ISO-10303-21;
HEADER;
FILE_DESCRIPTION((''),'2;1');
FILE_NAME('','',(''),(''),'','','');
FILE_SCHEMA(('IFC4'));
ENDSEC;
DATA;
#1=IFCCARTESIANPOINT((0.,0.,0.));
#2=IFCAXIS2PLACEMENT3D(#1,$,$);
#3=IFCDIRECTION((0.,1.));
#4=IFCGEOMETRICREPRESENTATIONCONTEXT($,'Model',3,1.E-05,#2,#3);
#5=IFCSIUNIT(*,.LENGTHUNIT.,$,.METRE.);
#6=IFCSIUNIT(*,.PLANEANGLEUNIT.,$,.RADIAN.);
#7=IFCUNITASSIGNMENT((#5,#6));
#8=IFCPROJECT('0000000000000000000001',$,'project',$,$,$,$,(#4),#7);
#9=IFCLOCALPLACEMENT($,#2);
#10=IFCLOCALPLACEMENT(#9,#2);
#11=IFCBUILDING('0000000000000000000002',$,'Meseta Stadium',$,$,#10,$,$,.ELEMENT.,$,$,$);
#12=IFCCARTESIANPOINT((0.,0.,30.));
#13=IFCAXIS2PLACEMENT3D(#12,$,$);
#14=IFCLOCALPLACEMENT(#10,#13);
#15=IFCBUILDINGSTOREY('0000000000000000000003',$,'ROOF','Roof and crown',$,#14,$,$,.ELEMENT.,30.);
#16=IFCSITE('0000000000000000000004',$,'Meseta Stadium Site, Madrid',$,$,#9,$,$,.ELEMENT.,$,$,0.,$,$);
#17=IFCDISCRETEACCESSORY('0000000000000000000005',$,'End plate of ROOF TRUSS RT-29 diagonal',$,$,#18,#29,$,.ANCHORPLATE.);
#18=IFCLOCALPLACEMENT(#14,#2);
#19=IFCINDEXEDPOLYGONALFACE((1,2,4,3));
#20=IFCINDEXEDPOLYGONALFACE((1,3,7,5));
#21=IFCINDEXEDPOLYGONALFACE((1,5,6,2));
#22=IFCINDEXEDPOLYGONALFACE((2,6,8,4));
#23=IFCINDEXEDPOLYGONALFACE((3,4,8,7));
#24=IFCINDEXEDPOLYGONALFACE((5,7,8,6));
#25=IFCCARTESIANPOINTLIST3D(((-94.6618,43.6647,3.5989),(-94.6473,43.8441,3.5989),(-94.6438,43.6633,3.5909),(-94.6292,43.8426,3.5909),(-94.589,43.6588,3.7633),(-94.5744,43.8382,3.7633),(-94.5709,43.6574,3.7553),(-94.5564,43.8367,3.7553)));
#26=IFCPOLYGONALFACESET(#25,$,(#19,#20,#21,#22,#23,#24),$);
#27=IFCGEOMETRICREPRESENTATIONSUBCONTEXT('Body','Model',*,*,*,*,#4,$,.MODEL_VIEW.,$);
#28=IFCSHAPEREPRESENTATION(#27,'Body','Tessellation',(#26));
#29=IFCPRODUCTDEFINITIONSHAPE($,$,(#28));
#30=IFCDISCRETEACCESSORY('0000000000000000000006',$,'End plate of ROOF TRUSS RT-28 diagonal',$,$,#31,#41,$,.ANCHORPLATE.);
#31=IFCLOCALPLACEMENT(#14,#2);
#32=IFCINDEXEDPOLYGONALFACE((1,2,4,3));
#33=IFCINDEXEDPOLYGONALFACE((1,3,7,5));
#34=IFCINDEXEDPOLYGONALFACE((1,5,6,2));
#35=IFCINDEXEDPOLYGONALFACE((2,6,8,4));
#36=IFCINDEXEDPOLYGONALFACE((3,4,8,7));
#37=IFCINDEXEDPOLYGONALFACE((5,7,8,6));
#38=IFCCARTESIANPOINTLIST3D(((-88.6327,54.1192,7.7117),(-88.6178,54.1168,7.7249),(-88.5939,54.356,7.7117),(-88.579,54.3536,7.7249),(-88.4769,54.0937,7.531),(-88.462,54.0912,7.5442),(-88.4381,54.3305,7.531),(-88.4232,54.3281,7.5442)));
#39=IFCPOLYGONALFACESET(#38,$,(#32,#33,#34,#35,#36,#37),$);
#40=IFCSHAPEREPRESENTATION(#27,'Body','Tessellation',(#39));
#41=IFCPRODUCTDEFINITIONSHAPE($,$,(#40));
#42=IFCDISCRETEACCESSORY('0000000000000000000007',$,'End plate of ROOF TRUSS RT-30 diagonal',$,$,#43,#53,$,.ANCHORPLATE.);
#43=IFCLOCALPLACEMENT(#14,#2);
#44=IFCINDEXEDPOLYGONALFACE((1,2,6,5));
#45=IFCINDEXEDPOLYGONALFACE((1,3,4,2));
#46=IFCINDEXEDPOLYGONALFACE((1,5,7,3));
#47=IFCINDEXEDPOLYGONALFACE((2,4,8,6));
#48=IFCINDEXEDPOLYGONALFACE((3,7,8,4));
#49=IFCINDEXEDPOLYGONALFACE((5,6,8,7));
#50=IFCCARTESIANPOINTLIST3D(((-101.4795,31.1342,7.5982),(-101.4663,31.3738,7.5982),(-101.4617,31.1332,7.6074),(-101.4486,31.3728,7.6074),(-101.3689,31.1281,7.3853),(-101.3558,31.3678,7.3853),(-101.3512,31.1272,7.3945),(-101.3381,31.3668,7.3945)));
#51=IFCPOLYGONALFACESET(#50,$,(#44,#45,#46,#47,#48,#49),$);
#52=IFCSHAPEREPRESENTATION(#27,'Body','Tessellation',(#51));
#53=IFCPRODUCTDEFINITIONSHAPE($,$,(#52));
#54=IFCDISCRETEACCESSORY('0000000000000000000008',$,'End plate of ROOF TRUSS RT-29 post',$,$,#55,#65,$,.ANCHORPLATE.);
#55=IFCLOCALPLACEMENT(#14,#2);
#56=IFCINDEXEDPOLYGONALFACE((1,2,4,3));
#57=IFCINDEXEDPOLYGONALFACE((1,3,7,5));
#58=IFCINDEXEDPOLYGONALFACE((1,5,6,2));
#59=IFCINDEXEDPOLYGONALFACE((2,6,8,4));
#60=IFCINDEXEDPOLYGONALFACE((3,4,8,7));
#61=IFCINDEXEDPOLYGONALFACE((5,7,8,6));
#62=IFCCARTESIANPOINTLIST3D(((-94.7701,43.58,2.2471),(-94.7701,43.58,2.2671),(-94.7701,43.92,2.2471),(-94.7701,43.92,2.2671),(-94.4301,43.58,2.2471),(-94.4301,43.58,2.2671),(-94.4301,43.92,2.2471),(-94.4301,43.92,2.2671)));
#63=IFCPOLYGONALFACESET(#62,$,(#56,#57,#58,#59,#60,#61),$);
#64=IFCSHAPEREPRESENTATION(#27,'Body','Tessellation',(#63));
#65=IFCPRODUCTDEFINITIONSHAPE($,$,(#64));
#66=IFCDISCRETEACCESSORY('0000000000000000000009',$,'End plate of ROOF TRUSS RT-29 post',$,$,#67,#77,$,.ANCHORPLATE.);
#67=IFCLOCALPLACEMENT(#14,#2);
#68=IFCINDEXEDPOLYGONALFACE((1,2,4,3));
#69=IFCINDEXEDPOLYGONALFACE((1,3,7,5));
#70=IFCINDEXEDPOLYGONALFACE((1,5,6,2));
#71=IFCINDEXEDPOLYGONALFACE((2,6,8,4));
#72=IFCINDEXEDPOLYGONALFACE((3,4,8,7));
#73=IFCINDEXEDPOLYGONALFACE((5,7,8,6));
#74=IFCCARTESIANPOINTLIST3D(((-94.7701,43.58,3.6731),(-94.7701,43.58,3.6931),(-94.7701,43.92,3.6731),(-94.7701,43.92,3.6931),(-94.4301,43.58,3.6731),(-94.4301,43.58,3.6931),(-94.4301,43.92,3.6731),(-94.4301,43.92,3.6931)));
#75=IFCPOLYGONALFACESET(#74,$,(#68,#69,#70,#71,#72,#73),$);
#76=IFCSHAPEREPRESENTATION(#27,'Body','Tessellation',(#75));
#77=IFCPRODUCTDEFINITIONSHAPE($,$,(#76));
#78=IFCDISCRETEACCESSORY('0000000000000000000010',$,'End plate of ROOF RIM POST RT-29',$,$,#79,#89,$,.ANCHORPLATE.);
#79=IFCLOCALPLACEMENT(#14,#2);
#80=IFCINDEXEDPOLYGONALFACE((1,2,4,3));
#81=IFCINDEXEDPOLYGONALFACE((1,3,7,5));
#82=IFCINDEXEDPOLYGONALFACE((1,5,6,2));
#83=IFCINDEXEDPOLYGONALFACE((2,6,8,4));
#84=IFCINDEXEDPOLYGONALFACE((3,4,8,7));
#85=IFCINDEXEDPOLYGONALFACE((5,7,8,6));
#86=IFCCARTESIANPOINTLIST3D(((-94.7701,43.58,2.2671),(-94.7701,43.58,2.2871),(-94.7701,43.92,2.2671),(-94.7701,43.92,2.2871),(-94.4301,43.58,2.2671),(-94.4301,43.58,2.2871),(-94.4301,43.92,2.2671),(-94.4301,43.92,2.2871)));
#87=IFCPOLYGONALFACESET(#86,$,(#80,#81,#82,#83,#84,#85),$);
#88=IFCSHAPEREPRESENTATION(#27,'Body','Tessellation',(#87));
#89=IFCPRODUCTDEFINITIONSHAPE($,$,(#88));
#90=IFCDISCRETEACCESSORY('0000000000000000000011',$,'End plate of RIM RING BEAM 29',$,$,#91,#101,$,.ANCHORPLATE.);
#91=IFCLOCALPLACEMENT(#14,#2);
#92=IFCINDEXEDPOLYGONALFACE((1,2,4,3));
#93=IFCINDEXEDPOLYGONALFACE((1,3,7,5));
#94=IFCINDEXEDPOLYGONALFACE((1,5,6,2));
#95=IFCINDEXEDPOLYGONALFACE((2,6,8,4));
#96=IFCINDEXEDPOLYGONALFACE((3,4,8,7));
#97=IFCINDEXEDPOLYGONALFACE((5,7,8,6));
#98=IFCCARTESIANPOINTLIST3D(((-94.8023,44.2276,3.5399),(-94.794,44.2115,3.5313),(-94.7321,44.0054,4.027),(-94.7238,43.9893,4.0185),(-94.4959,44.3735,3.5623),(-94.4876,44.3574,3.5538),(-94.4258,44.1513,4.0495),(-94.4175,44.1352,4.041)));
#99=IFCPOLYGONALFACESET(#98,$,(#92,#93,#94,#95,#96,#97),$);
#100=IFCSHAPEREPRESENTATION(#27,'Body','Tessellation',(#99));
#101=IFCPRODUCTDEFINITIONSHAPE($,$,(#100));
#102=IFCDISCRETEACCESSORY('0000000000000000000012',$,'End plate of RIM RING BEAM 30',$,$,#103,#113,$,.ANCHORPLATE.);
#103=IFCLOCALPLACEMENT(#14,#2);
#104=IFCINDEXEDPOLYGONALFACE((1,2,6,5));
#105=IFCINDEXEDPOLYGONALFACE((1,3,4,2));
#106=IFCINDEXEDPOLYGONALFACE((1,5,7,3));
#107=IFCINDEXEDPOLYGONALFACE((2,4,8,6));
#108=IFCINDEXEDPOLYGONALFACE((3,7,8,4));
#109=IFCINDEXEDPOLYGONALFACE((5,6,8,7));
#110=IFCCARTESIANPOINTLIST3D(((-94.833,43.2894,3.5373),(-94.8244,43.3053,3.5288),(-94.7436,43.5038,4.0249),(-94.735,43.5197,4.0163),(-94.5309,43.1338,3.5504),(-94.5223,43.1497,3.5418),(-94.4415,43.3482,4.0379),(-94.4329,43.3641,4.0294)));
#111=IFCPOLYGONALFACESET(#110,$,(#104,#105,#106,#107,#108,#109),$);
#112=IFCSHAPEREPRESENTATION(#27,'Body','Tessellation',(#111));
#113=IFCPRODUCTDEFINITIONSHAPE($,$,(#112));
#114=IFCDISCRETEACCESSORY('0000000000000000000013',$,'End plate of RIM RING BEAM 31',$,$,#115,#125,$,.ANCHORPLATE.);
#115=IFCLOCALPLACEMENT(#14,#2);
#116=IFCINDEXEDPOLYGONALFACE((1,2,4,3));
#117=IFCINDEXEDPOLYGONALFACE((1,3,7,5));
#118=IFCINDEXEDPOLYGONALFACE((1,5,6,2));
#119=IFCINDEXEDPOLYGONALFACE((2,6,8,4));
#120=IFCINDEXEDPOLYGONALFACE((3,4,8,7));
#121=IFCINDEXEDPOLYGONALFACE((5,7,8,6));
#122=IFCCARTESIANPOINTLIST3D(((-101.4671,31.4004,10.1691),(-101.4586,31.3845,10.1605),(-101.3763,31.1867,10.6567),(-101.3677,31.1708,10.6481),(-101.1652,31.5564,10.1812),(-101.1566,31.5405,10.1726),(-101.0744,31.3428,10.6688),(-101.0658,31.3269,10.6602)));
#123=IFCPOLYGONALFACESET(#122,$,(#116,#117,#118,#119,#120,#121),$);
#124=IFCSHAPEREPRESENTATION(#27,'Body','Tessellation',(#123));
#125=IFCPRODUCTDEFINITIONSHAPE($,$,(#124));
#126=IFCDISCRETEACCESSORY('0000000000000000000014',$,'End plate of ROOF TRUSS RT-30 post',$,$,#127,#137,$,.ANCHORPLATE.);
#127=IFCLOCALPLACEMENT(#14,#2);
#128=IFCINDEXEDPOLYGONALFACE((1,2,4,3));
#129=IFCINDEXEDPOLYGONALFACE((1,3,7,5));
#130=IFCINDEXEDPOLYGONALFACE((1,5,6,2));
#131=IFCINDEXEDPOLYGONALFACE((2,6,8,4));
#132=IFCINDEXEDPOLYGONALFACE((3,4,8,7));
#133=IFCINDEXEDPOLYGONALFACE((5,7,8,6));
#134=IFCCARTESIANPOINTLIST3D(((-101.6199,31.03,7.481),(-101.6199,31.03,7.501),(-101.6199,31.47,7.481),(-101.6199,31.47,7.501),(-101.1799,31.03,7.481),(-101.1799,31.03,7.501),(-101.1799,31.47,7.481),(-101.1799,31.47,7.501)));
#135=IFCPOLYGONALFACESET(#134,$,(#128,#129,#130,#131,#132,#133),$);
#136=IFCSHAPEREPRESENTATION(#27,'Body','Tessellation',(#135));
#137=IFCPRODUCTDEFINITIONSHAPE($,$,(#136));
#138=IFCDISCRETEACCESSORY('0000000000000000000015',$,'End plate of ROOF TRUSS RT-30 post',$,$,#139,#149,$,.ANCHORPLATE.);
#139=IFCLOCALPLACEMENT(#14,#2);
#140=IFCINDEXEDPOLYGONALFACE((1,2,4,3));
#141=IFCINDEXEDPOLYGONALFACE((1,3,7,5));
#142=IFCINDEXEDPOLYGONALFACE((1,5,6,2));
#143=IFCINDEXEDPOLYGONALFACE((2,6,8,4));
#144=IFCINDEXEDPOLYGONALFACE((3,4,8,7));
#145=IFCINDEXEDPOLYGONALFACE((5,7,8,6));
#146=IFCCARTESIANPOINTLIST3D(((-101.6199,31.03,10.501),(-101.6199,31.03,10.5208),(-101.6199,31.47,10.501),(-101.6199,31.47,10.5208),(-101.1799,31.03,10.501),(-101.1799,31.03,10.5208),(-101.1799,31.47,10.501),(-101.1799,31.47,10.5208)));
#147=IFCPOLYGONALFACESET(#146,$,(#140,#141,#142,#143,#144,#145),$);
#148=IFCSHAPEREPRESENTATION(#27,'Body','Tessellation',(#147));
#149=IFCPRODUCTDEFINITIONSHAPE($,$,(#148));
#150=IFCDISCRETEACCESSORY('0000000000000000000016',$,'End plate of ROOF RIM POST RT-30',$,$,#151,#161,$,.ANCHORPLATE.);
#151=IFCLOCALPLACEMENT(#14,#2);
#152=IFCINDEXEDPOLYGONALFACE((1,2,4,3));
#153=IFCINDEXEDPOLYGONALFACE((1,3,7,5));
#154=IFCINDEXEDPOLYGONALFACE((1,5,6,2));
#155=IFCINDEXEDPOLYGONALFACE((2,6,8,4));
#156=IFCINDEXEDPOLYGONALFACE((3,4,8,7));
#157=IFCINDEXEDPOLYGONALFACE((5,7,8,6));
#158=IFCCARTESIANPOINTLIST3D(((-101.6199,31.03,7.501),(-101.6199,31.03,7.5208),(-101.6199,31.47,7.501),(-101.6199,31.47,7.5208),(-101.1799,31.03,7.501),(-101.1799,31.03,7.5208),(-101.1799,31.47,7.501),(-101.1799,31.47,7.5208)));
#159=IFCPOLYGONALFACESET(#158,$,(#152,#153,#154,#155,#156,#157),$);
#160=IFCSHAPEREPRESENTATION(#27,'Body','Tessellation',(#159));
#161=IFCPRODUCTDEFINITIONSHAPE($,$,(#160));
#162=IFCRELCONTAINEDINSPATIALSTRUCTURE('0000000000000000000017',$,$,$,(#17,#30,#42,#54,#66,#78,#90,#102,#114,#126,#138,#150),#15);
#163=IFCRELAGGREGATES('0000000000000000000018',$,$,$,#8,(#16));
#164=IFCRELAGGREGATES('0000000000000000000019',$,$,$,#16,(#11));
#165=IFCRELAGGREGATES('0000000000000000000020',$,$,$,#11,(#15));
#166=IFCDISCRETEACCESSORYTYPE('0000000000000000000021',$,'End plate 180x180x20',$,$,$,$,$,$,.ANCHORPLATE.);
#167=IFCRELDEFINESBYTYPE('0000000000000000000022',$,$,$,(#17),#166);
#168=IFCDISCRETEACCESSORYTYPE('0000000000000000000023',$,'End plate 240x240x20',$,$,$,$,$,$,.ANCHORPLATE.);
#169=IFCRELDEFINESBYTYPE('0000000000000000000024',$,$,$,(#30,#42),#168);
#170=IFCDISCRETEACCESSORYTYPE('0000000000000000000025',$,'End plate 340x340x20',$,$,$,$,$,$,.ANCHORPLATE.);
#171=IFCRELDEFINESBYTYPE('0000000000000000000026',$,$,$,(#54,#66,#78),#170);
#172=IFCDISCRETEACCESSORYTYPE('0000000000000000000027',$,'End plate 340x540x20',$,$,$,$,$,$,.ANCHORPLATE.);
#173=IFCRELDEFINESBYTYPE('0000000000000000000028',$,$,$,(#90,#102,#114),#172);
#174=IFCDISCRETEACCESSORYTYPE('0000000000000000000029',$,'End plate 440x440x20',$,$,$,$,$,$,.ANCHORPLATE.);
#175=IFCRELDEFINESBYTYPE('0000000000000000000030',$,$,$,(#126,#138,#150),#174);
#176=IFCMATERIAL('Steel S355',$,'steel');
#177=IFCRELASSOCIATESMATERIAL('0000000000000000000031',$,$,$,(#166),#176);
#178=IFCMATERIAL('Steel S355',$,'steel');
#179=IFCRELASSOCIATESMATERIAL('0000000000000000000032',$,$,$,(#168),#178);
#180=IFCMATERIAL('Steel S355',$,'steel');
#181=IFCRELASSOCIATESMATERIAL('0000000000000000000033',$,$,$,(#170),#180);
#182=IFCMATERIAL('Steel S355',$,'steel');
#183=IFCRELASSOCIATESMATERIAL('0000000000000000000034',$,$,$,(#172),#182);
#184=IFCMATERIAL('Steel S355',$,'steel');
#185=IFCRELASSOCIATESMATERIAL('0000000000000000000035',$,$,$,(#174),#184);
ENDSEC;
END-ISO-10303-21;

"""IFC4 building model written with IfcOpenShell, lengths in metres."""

from ifc_helpers import new_model, si_unit, direction, frame, origin, origin_2d, place, context, subcontext, project, spatial, rectangle, extrude, material, material_profile, profile_set, type_object, element, save


model = new_model("IFC4")

# Units and contexts
model_context = context("Model", 3, precision=1e-05, world=origin(), true_north=direction((0.0, 1.0)))
body_context = subcontext(model_context, "Body", "Model", "MODEL_VIEW")
ifc_project = project(units=[si_unit("LENGTHUNIT", "METRE"), si_unit("PLANEANGLEUNIT", "RADIAN")], contexts=[model_context])

# Site, building, storey
site_placement = place(None, origin())
site = spatial("IfcSite", under=ifc_project, at=site_placement, Name="Meseta Stadium Site, Madrid", CompositionType="ELEMENT", RefElevation=0.0)
building_placement = place(site_placement, origin())
building = spatial("IfcBuilding", under=site, at=building_placement, Name="Meseta Stadium", CompositionType="ELEMENT")
storey_placement = place(building_placement, frame((0.0, 0.0, 30.0)))
storey = spatial("IfcBuildingStorey", under=building, at=storey_placement, Name="ROOF", Description="Roof and crown", CompositionType="ELEMENT", Elevation=30.0)

# Discrete accessories
ifc_material_1 = material(Name="Steel S355", Category="steel")
ifc_material_profile_1 = material_profile(ifc_material_1, rectangle(XDim=0.1799, YDim=0.1799, at=origin_2d()), Name="PL 180x180")
ifc_profile_set_1 = profile_set([ifc_material_profile_1], Name="Steel S355")
discrete_accessory_type_1 = type_object("IfcDiscreteAccessoryType", Name="End plate 180x180x20", PredefinedType="ANCHORPLATE", material=ifc_profile_set_1)
discrete_accessory_1_placement = place(storey_placement, frame((-94.6001, 43.75, 3.6731), z_axis=(-0.910808, 0.073849, 0.406171), x_axis=(-0.080816, -0.996729, 0.0)))
element("IfcDiscreteAccessory", 1, at=discrete_accessory_1_placement, inside=storey, type_object=discrete_accessory_type_1, Name="End plate of ROOF TRUSS RT-29 diagonal", PredefinedType="ANCHORPLATE", context=body_context, shape_type="SweptSolid", body=[
    extrude(rectangle(XDim=0.1799, YDim=0.1799, at=origin_2d()), origin(), (0.0, 0.0, 1.0), 0.0198),
])
ifc_material_2 = material(Name="Steel S355", Category="steel")
ifc_material_profile_2 = material_profile(ifc_material_2, rectangle(XDim=0.24, YDim=0.24, at=origin_2d()), Name="PL 240x240")
ifc_profile_set_2 = profile_set([ifc_material_profile_2], Name="Steel S355")
discrete_accessory_type_2 = type_object("IfcDiscreteAccessoryType", Name="End plate 240x240x20", PredefinedType="ANCHORPLATE", material=ifc_profile_set_2)
for number, where, z_axis, x_axis, name in (
    (2, (-88.5205, 54.2224, 7.6345), (-0.743184, 0.121834, -0.657901), (-0.161775, -0.986828, 0.0), "End plate of ROOF TRUSS RT-28 diagonal"),
    (3, (-101.3999, 31.25, 7.501), (-0.885972, 0.048546, -0.461191), (-0.054712, -0.998502, 0.0), "End plate of ROOF TRUSS RT-30 diagonal"),
):
    element("IfcDiscreteAccessory", number, at=place(storey_placement, frame(where, z_axis=z_axis, x_axis=x_axis)), inside=storey, type_object=discrete_accessory_type_2, Name=name, PredefinedType="ANCHORPLATE", context=body_context, shape_type="SweptSolid", body=[
        extrude(rectangle(XDim=0.24, YDim=0.24, at=origin_2d()), origin(), (0.0, 0.0, 1.0), 0.02),
    ])
ifc_material_3 = material(Name="Steel S355", Category="steel")
ifc_material_profile_3 = material_profile(ifc_material_3, rectangle(XDim=0.3401, YDim=0.3401, at=origin_2d()), Name="PL 340x340")
ifc_profile_set_3 = profile_set([ifc_material_profile_3], Name="Steel S355")
discrete_accessory_type_3 = type_object("IfcDiscreteAccessoryType", Name="End plate 340x340x20", PredefinedType="ANCHORPLATE", material=ifc_profile_set_3)
for number, where, z_axis, x_axis, name in (
    (4, (-94.6001, 43.75, 2.2471), (0.0, 0.0, 1.0), (1.0, 0.0, 0.0), "End plate of ROOF TRUSS RT-29 post"),
    (5, (-94.6001, 43.75, 3.6731), (0.0, 0.0, 1.0), (1.0, 0.0, 0.0), "End plate of ROOF TRUSS RT-29 post"),
    (6, (-94.6001, 43.75, 2.2671), (0.0, 0.0, 1.0), (1.0, 0.0, 0.0), "End plate of ROOF RIM POST RT-29"),
):
    element("IfcDiscreteAccessory", number, at=place(storey_placement, frame(where, z_axis=z_axis, x_axis=x_axis)), inside=storey, type_object=discrete_accessory_type_3, Name=name, PredefinedType="ANCHORPLATE", context=body_context, shape_type="SweptSolid", body=[
        extrude(rectangle(XDim=0.3401, YDim=0.3401, at=origin_2d()), origin(), (0.0, 0.0, 1.0), 0.02),
    ])
ifc_material_4 = material(Name="Steel S355", Category="steel")
ifc_material_profile_4 = material_profile(ifc_material_4, rectangle(XDim=0.3401, YDim=0.54, at=origin_2d()), Name="PL 340x540")
ifc_profile_set_4 = profile_set([ifc_material_profile_4], Name="Steel S355")
discrete_accessory_type_4 = type_object("IfcDiscreteAccessoryType", Name="End plate 340x540x20", PredefinedType="ANCHORPLATE", material=ifc_profile_set_4)
for number, where, z_axis, x_axis, name in (
    (7, (-94.614, 44.1895, 3.7947), (0.414234, -0.804101, -0.426417), (0.900852, 0.429081, 0.065989), "End plate of RIM RING BEAM 29"),
    (8, (-94.6287, 43.3347, 3.7791), (-0.428393, -0.795587, 0.428393), (0.888312, -0.45763, 0.038427), "End plate of RIM RING BEAM 30"),
    (9, (-101.2708, 31.3716, 10.4189), (0.428393, -0.795587, -0.428393), (0.887801, 0.458843, 0.035665), "End plate of RIM RING BEAM 31"),
):
    element("IfcDiscreteAccessory", number, at=place(storey_placement, frame(where, z_axis=z_axis, x_axis=x_axis)), inside=storey, type_object=discrete_accessory_type_4, Name=name, PredefinedType="ANCHORPLATE", context=body_context, shape_type="SweptSolid", body=[
        extrude(rectangle(XDim=0.3401, YDim=0.54, at=origin_2d()), origin(), (0.0, 0.0, 1.0), 0.02),
    ])
ifc_material_5 = material(Name="Steel S355", Category="steel")
ifc_material_profile_5 = material_profile(ifc_material_5, rectangle(XDim=0.4399, YDim=0.4399, at=origin_2d()), Name="PL 440x440")
ifc_profile_set_5 = profile_set([ifc_material_profile_5], Name="Steel S355")
discrete_accessory_type_5 = type_object("IfcDiscreteAccessoryType", Name="End plate 440x440x20", PredefinedType="ANCHORPLATE", material=ifc_profile_set_5)
discrete_accessory_2_placement = place(storey_placement, frame((-101.3999, 31.25, 7.481), z_axis=(0.0, 0.0, 1.0), x_axis=(1.0, 0.0, 0.0)))
element("IfcDiscreteAccessory", 10, at=discrete_accessory_2_placement, inside=storey, type_object=discrete_accessory_type_5, Name="End plate of ROOF TRUSS RT-30 post", PredefinedType="ANCHORPLATE", context=body_context, shape_type="SweptSolid", body=[
    extrude(rectangle(XDim=0.4399, YDim=0.4399, at=origin_2d()), origin(), (0.0, 0.0, 1.0), 0.02),
])
for number, where, z_axis, x_axis, name in (
    (11, (-101.3999, 31.25, 10.501), (0.0, 0.0, 1.0), (1.0, 0.0, 0.0), "End plate of ROOF TRUSS RT-30 post"),
    (12, (-101.3999, 31.25, 7.501), (0.0, 0.0, 1.0), (1.0, 0.0, 0.0), "End plate of ROOF RIM POST RT-30"),
):
    element("IfcDiscreteAccessory", number, at=place(storey_placement, frame(where, z_axis=z_axis, x_axis=x_axis)), inside=storey, type_object=discrete_accessory_type_5, Name=name, PredefinedType="ANCHORPLATE", context=body_context, shape_type="SweptSolid", body=[
        extrude(rectangle(XDim=0.4399, YDim=0.4399, at=origin_2d()), origin(), (0.0, 0.0, 1.0), 0.0198),
    ])

save(model, "model.ifc")
